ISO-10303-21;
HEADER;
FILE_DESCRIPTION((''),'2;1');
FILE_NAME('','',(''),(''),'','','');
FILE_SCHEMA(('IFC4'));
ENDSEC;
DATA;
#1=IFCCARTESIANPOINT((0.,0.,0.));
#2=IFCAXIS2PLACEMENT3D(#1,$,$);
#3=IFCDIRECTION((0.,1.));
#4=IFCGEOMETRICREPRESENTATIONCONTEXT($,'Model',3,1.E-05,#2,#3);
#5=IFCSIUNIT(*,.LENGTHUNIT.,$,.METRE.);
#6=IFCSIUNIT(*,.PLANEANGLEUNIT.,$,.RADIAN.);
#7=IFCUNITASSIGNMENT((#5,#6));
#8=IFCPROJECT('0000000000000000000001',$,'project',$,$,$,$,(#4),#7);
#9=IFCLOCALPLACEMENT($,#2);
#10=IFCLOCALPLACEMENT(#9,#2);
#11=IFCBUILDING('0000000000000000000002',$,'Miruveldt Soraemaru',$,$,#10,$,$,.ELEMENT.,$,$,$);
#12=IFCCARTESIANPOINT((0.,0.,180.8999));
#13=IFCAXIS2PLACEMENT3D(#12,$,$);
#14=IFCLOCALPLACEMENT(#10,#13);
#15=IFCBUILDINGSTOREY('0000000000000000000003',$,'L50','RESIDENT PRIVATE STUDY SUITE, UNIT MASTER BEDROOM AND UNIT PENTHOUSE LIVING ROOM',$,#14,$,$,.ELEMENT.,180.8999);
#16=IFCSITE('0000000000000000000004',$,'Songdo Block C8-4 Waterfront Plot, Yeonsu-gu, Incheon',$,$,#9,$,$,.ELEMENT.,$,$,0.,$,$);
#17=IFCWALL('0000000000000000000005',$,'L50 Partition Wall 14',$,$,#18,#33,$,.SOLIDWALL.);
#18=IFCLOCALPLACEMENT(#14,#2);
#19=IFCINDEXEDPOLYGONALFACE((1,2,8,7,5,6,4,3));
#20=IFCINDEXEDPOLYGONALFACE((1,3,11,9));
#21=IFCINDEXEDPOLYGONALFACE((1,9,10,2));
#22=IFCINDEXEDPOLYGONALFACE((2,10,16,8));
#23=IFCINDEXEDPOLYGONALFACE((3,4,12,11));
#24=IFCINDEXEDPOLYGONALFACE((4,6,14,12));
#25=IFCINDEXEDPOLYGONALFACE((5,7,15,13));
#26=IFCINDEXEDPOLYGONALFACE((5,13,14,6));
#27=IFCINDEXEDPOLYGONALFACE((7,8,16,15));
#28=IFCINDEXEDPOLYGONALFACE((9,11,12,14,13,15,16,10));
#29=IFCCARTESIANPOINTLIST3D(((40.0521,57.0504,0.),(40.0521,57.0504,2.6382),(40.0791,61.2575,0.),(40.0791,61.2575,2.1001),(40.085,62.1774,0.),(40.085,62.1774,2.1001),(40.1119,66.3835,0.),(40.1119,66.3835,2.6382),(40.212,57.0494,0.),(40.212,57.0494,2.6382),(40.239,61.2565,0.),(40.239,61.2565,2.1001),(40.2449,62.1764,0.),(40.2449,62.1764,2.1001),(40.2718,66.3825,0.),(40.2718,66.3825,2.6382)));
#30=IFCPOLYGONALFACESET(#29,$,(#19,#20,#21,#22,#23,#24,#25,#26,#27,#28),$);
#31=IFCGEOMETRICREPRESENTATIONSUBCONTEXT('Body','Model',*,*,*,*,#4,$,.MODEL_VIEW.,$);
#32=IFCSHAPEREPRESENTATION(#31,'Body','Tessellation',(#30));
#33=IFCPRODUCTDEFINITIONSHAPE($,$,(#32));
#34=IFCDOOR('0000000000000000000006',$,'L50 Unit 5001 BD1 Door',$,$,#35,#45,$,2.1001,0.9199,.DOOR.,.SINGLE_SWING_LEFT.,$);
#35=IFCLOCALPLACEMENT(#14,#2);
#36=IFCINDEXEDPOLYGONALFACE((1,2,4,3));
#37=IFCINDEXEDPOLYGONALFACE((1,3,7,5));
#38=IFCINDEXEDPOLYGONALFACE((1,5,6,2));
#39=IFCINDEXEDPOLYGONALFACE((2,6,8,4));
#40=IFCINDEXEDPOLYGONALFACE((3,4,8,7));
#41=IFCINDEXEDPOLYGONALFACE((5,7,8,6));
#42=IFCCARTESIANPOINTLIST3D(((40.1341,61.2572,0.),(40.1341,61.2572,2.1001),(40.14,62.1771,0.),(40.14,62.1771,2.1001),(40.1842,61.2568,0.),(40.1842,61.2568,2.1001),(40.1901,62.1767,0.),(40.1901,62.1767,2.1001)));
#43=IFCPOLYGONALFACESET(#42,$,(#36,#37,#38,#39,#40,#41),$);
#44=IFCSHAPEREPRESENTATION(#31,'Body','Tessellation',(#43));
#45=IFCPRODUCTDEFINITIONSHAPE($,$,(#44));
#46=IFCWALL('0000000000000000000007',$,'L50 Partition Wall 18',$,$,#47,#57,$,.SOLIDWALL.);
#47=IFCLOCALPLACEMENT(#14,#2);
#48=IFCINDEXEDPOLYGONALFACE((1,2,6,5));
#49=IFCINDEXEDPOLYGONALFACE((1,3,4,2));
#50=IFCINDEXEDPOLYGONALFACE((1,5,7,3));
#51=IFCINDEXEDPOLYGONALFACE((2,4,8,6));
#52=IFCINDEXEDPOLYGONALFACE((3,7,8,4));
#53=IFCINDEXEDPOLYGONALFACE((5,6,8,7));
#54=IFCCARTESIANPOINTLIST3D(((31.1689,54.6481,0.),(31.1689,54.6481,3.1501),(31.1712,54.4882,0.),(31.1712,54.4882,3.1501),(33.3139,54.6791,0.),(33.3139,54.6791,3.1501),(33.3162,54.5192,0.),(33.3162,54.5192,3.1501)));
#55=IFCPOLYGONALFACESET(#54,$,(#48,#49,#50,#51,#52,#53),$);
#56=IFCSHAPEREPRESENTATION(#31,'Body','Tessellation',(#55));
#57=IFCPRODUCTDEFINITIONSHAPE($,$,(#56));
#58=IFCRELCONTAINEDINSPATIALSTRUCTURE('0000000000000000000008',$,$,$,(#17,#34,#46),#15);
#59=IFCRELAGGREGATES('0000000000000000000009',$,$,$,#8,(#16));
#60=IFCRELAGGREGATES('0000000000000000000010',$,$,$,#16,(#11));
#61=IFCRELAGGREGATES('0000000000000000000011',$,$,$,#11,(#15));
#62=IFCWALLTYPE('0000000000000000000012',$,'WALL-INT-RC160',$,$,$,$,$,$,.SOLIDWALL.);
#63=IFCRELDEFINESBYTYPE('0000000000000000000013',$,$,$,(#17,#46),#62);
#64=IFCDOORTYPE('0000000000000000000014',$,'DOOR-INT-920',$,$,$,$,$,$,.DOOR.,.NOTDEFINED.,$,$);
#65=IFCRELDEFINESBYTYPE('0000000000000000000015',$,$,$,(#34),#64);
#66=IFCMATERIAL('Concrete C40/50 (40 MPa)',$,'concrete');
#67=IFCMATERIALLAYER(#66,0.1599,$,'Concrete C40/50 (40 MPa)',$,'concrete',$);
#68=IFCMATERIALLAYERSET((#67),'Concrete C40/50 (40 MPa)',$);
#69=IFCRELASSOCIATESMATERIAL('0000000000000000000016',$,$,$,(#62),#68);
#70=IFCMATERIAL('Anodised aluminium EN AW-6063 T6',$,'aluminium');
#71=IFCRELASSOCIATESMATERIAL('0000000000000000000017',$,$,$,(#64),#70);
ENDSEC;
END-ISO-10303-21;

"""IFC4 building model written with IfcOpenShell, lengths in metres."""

from ifc_helpers import new_model, si_unit, direction, frame, frame_2d, origin, place, context, subcontext, project, spatial, rectangle, extrude, material, layer, layer_set, type_object, element, fill, save


model = new_model("IFC4")

# Units and contexts
model_context = context("Model", 3, precision=1e-05, world=origin(), true_north=direction((0.0, 1.0)))
body_context = subcontext(model_context, "Body", "Model", "MODEL_VIEW")
ifc_project = project(units=[si_unit("LENGTHUNIT", "METRE"), si_unit("PLANEANGLEUNIT", "RADIAN")], contexts=[model_context])

# Site, building, storey
site_placement = place(None, origin())
site = spatial("IfcSite", under=ifc_project, at=site_placement, Name="Songdo Block C8-4 Waterfront Plot, Yeonsu-gu, Incheon", CompositionType="ELEMENT", RefElevation=0.0)
building_placement = place(site_placement, origin())
building = spatial("IfcBuilding", under=site, at=building_placement, Name="Miruveldt Soraemaru", CompositionType="ELEMENT")
storey_placement = place(building_placement, frame((0.0, 0.0, 180.8999)))
storey = spatial("IfcBuildingStorey", under=building, at=storey_placement, Name="L50", Description="RESIDENT PRIVATE STUDY SUITE, UNIT MASTER BEDROOM AND UNIT PENTHOUSE LIVING ROOM", CompositionType="ELEMENT", Elevation=180.8999)

# Shared definitions
ifc_material_1 = material(Name="Anodised aluminium EN AW-6063 T6", Category="aluminium")

# Wall, opening, door
ifc_material_2 = material(Name="Concrete C40/50 (40 MPa)", Category="concrete")
ifc_layer_1 = layer(ifc_material_2, 0.1599, Name="Concrete C40/50 (40 MPa)", Category="concrete")
ifc_layer_set_1 = layer_set([ifc_layer_1], Name="Concrete C40/50 (40 MPa)")
wall_type_1 = type_object("IfcWallType", Name="WALL-INT-RC160", PredefinedType="SOLIDWALL", material=ifc_layer_set_1)
wall_1_placement = place(storey_placement, frame((40.1321, 57.05, 0.0), z_axis=(0.0, 0.0, 1.0), x_axis=(0.006409, 0.999979, 0.0)))
wall_1 = element("IfcWall", 1, at=wall_1_placement, inside=storey, type_object=wall_type_1, Name="L50 Partition Wall 14", PredefinedType="SOLIDWALL", context=body_context, shape_type="SweptSolid", body=[
    extrude(rectangle(XDim=9.3333, YDim=0.1599, at=frame_2d((4.6665, 0.0))), origin(), (0.0, 0.0, 1.0), 2.6382),
])
opening_1_placement = place(wall_1_placement, frame((4.207, 0.0, 0.0)))
opening_1 = element("IfcOpeningElement", 2, at=opening_1_placement, cuts=wall_1, PredefinedType="OPENING", context=body_context, shape_type="SweptSolid", body=[
    extrude(rectangle(XDim=0.9199, YDim=2.1001, at=frame_2d((0.46, 1.05))), frame((0.0, 0.0898, 0.0), z_axis=(0.0, -1.0, 0.0), x_axis=(1.0, 0.0, 0.0)), (0.0, 0.0, 1.0), 0.1799),
])
door_type_1 = type_object("IfcDoorType", Name="DOOR-INT-920", OperationType="NOTDEFINED", PredefinedType="DOOR", material=ifc_material_1)
door_1_placement = place(opening_1_placement, origin())
door_1 = element("IfcDoor", 3, at=door_1_placement, inside=storey, type_object=door_type_1, Name="L50 Unit 5001 BD1 Door", OperationType="SINGLE_SWING_LEFT", OverallHeight=2.1001, OverallWidth=0.9199, PredefinedType="DOOR", context=body_context, shape_type="SweptSolid", body=[
    extrude(rectangle(XDim=0.9199, YDim=2.1001, at=frame_2d((0.46, 1.05))), frame((0.0, 0.0249, 0.0), z_axis=(0.0, -1.0, 0.0), x_axis=(1.0, 0.0, 0.0)), (0.0, 0.0, 1.0), 0.05),
])
fill(opening_1, door_1)

# Wall
wall_2_placement = place(storey_placement, frame((31.1699, 54.5681, 0.0), z_axis=(0.0, 0.0, 1.0), x_axis=(0.999896, 0.014453, 0.0)))
element("IfcWall", 4, at=wall_2_placement, inside=storey, type_object=wall_type_1, Name="L50 Partition Wall 18", PredefinedType="SOLIDWALL", context=body_context, shape_type="SweptSolid", body=[
    extrude(rectangle(XDim=2.1453, YDim=0.1599, at=frame_2d((1.0728, 0.0))), origin(), (0.0, 0.0, 1.0), 3.1501),
])

save(model, "model.ifc")
